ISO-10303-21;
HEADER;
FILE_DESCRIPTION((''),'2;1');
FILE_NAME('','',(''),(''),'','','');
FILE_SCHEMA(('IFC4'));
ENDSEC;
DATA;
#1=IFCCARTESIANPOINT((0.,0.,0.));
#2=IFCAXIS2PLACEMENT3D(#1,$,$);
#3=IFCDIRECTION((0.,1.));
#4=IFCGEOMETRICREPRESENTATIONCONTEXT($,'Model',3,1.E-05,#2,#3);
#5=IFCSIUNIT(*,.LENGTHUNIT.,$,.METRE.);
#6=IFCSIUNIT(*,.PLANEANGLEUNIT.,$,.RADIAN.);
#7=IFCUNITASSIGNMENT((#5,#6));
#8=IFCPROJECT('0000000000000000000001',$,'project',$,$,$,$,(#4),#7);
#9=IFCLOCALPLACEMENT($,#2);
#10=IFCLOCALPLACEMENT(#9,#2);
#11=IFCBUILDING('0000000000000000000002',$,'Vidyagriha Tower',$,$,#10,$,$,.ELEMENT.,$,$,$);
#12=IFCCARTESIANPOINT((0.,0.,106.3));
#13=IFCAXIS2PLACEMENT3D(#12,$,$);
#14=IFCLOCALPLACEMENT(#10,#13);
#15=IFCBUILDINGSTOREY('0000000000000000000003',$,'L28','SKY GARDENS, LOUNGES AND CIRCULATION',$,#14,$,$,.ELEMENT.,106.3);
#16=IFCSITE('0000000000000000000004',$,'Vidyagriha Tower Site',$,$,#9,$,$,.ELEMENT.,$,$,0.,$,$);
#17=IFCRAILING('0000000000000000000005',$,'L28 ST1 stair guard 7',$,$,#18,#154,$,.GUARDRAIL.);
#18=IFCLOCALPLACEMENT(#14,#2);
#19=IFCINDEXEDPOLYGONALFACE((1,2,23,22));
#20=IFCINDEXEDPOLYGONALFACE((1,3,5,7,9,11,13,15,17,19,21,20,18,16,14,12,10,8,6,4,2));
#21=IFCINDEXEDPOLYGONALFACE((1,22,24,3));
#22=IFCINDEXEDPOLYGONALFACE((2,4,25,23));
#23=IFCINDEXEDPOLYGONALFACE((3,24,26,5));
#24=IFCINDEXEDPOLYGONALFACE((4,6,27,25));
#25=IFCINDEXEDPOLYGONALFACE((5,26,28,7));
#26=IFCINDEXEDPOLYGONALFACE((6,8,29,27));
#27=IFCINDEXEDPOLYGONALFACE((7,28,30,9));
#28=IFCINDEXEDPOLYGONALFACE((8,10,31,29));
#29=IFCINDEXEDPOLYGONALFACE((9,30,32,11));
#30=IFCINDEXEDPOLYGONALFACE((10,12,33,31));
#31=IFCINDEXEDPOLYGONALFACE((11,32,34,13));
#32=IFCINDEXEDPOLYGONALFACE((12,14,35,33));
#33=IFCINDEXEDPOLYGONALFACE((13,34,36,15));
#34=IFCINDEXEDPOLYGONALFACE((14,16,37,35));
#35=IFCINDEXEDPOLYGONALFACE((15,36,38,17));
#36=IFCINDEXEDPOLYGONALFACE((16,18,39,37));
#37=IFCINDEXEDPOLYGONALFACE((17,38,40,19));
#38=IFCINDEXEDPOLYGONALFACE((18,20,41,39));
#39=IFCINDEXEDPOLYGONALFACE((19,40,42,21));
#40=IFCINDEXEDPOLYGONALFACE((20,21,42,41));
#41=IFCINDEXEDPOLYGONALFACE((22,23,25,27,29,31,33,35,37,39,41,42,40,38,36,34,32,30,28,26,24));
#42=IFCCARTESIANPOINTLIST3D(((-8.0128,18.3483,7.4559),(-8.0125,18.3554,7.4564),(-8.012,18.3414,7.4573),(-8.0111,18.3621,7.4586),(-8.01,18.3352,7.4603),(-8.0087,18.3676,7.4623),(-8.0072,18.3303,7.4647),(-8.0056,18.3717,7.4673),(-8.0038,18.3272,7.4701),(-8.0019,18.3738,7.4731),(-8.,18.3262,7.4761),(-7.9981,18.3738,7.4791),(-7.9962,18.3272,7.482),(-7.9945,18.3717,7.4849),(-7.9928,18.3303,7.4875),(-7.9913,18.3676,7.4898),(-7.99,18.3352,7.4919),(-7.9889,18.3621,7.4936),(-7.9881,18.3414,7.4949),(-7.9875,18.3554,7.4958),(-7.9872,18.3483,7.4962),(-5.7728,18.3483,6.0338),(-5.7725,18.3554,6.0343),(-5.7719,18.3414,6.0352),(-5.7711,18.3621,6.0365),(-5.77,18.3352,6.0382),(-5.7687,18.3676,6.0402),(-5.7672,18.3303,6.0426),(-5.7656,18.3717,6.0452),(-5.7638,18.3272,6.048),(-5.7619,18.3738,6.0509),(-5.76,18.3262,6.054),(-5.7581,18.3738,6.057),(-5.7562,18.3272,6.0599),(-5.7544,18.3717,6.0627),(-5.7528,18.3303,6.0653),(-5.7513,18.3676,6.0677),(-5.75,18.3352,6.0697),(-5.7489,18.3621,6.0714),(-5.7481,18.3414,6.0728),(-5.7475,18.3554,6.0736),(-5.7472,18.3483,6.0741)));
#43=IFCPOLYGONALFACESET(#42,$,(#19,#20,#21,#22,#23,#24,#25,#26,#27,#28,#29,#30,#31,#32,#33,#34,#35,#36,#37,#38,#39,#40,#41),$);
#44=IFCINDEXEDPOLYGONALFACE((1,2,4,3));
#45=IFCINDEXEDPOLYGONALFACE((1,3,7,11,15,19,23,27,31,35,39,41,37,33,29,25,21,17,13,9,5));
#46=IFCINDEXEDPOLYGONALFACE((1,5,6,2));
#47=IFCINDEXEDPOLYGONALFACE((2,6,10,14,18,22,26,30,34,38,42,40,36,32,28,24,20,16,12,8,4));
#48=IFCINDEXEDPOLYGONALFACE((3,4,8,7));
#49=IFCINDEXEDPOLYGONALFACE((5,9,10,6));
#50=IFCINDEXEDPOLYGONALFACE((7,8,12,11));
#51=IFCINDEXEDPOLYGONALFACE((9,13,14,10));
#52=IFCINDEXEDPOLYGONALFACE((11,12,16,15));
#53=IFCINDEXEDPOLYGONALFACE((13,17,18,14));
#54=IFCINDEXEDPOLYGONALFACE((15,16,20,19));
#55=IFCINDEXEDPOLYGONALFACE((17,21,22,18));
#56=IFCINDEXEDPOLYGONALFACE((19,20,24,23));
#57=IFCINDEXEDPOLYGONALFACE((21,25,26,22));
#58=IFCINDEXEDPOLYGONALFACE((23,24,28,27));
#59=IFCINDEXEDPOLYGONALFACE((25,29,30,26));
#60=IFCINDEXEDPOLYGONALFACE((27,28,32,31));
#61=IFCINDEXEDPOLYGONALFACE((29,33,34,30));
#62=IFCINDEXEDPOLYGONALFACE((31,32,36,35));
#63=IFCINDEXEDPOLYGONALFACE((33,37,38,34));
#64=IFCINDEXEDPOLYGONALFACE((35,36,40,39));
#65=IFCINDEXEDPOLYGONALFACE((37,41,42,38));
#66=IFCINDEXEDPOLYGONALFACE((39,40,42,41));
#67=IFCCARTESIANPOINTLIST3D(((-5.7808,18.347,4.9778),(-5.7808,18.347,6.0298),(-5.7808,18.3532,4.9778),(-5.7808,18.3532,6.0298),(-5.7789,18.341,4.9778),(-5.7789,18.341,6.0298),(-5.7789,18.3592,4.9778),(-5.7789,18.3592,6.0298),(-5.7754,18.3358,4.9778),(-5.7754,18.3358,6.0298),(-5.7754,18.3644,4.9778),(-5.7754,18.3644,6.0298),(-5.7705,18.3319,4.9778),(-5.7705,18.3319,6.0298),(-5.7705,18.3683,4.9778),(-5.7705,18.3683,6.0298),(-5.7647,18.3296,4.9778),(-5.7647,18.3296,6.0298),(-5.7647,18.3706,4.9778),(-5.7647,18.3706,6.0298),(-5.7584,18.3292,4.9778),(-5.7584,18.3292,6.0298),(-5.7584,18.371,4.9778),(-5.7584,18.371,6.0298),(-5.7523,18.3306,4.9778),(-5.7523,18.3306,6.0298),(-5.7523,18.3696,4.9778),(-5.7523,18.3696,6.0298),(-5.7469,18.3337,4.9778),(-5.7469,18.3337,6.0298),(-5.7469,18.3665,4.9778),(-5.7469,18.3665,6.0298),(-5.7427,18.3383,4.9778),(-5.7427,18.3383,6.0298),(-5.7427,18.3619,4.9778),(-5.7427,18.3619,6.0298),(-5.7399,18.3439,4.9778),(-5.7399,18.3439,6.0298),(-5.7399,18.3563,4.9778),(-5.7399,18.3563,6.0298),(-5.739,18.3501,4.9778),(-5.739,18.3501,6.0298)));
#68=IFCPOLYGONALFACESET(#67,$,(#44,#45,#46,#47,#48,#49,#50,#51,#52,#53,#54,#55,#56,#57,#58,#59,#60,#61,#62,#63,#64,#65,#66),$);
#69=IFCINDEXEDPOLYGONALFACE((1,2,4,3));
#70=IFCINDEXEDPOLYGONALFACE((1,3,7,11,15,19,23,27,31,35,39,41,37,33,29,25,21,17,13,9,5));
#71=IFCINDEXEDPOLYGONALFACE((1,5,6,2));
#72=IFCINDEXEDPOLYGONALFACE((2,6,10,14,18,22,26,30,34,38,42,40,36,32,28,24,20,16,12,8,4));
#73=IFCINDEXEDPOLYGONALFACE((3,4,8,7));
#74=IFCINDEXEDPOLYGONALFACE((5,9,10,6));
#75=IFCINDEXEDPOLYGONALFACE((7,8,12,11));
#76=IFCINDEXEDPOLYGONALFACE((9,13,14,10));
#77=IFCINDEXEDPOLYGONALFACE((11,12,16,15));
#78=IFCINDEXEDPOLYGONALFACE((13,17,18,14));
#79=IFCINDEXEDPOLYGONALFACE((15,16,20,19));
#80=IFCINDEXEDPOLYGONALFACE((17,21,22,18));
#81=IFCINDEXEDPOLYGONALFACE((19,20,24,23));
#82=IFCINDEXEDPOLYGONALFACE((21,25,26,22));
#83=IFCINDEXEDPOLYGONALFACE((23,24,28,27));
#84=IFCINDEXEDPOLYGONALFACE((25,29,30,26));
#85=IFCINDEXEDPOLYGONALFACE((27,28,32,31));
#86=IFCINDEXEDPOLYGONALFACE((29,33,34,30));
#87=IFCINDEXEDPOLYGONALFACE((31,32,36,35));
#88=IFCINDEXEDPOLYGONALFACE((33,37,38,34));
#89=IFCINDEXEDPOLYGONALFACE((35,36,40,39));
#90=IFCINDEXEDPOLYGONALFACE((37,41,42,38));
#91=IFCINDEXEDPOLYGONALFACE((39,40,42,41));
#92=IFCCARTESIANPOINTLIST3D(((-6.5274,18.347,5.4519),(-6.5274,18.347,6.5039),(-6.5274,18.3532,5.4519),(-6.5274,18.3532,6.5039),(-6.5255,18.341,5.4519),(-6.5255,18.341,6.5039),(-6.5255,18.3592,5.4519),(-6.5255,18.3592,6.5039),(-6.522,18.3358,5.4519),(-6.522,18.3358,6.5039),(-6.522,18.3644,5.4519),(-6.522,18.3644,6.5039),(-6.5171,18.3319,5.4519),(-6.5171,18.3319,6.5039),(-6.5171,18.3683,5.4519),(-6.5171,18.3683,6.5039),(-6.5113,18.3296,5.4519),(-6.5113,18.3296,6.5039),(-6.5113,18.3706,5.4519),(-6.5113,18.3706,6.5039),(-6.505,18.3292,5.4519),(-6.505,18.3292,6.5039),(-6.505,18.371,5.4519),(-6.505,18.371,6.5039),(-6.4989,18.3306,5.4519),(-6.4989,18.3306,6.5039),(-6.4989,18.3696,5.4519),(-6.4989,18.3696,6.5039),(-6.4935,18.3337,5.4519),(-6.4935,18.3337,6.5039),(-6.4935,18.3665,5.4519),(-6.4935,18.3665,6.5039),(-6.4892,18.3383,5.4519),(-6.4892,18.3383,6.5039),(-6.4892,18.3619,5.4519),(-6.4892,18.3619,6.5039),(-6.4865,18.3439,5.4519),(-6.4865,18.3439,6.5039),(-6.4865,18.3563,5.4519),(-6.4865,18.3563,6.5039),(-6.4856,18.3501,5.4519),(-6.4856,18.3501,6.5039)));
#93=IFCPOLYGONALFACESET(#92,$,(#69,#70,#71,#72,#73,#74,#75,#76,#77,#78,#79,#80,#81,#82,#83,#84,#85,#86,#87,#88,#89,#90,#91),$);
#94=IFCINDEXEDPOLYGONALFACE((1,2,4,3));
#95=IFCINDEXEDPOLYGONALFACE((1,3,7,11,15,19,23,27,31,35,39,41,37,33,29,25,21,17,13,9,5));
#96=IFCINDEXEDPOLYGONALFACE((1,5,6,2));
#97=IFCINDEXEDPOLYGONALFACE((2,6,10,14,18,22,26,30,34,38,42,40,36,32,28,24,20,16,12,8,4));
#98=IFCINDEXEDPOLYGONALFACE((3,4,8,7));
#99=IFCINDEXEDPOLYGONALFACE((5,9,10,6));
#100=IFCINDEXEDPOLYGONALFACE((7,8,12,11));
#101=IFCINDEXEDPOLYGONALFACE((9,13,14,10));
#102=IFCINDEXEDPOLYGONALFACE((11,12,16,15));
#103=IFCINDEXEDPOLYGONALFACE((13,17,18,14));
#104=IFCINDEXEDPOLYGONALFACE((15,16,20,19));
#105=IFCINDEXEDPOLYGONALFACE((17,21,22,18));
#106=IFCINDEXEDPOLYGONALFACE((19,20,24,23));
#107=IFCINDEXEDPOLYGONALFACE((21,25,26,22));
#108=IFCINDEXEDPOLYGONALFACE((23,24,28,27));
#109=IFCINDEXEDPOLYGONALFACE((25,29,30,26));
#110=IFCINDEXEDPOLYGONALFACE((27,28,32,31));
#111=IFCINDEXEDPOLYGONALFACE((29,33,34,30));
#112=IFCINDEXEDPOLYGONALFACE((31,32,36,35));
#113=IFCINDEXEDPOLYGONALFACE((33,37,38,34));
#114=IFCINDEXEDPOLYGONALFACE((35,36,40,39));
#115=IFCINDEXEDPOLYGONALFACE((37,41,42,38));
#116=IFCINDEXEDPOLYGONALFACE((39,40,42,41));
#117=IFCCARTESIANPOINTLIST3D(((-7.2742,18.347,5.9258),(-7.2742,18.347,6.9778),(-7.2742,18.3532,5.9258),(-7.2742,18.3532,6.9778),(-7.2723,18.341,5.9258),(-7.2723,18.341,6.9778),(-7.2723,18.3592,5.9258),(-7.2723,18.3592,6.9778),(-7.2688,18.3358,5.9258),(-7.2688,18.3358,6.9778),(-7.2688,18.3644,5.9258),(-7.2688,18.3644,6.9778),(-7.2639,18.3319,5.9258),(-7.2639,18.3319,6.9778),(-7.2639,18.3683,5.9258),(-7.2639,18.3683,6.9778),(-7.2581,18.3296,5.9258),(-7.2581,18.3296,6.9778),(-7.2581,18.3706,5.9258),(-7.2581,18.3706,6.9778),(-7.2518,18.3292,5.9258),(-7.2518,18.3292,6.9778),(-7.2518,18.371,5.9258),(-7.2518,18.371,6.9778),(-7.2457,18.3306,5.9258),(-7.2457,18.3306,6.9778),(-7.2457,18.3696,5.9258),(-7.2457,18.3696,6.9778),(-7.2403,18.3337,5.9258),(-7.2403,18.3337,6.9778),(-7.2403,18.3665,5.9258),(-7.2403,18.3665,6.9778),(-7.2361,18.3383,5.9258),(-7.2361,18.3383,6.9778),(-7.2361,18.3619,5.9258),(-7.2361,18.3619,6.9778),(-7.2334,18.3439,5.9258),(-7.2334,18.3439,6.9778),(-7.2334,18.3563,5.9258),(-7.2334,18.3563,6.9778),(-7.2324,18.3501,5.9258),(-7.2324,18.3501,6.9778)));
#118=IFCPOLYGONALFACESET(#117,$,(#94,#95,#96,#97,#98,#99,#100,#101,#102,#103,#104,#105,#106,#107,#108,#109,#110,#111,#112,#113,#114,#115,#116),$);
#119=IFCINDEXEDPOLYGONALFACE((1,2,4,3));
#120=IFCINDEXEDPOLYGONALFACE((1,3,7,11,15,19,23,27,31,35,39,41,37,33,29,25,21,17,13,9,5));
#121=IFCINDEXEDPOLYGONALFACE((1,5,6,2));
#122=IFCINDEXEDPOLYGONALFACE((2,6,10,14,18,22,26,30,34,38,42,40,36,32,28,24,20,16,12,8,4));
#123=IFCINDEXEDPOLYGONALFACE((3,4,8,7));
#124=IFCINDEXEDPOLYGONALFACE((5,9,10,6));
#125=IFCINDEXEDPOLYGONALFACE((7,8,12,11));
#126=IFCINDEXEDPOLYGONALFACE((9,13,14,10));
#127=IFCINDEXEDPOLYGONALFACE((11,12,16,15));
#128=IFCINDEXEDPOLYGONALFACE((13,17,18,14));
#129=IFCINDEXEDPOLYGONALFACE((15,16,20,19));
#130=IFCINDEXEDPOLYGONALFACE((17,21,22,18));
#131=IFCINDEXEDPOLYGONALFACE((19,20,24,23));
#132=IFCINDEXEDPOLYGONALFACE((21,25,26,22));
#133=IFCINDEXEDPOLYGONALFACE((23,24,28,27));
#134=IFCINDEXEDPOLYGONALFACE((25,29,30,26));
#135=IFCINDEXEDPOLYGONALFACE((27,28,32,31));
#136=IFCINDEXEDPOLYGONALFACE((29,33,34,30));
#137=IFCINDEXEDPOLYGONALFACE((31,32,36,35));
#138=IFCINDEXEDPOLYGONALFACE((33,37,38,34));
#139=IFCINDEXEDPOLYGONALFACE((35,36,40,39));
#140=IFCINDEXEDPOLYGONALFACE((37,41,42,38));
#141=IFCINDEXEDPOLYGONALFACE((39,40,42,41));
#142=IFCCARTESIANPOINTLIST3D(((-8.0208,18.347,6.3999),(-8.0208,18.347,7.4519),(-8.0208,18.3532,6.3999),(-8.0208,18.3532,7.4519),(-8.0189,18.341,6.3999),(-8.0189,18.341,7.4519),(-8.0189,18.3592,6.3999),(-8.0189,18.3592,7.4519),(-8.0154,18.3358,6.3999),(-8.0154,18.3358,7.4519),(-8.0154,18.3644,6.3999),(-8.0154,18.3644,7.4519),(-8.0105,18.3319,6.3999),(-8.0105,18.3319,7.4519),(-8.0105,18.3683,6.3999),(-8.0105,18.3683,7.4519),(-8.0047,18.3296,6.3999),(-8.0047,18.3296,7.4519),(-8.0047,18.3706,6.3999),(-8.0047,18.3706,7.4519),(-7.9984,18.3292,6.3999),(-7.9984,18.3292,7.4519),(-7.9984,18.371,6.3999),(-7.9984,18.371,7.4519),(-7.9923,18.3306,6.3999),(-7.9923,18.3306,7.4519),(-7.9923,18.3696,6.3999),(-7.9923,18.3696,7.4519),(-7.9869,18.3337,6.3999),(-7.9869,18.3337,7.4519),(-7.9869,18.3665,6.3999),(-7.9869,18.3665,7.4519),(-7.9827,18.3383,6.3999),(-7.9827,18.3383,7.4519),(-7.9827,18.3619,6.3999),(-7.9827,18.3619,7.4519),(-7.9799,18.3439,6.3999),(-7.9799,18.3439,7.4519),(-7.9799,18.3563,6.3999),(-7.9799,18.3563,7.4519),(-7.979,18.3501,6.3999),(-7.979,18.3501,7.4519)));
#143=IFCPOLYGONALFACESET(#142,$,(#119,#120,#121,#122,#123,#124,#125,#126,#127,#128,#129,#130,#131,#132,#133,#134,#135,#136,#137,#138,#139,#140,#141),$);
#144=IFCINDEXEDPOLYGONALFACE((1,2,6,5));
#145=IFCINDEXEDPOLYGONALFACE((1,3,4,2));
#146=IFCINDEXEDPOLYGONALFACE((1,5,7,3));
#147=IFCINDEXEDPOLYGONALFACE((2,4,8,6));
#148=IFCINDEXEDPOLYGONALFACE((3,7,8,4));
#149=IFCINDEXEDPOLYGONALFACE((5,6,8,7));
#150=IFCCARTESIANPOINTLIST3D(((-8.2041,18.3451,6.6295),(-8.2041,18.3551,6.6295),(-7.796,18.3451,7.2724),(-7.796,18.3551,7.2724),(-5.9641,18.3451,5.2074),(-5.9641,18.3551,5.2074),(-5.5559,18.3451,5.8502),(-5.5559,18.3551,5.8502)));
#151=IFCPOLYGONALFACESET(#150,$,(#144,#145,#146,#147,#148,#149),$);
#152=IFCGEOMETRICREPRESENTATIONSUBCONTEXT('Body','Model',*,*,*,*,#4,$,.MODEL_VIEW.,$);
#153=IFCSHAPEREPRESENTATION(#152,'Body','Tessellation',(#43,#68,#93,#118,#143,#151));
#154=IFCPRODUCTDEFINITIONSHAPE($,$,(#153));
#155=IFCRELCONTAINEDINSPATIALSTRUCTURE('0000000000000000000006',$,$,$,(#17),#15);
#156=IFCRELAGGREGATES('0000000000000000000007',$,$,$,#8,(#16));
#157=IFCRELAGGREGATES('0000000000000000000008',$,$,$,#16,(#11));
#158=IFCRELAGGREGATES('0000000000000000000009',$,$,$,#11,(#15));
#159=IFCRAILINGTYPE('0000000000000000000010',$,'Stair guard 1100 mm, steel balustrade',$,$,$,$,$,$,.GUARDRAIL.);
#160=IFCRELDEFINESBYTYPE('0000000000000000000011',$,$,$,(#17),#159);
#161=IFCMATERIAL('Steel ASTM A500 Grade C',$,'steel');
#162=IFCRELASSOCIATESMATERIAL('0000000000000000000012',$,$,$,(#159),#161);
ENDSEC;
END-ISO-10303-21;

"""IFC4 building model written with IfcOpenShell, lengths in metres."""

from ifc_helpers import new_model, si_unit, direction, frame, origin, origin_2d, place, context, subcontext, project, spatial, rectangle, circle, extrude, material, type_object, element, save


model = new_model("IFC4")

# Units and contexts
model_context = context("Model", 3, precision=1e-05, world=origin(), true_north=direction((0.0, 1.0)))
body_context = subcontext(model_context, "Body", "Model", "MODEL_VIEW")
ifc_project = project(units=[si_unit("LENGTHUNIT", "METRE"), si_unit("PLANEANGLEUNIT", "RADIAN")], contexts=[model_context])

# Site, building, storey
site_placement = place(None, origin())
site = spatial("IfcSite", under=ifc_project, at=site_placement, Name="Vidyagriha Tower Site", CompositionType="ELEMENT", RefElevation=0.0)
building_placement = place(site_placement, origin())
building = spatial("IfcBuilding", under=site, at=building_placement, Name="Vidyagriha Tower", CompositionType="ELEMENT")
storey_placement = place(building_placement, frame((0.0, 0.0, 106.3)))
storey = spatial("IfcBuildingStorey", under=building, at=storey_placement, Name="L28", Description="SKY GARDENS, LOUNGES AND CIRCULATION", CompositionType="ELEMENT", Elevation=106.3)

# Railing
ifc_material_1 = material(Name="Steel ASTM A500 Grade C", Category="steel")
railing_type_1 = type_object("IfcRailingType", Name="Stair guard 1100 mm, steel balustrade", PredefinedType="GUARDRAIL", material=ifc_material_1)
railing_1_placement = place(storey_placement, frame((-5.76, 18.3501, 4.9778)))
element("IfcRailing", 1, at=railing_1_placement, inside=storey, type_object=railing_type_1, Name="L28 ST1 stair guard 7", PredefinedType="GUARDRAIL", context=body_context, shape_type="SweptSolid", body=[
    extrude(circle(Radius=0.0239, at=origin_2d()), frame((0.0, 0.0, 1.0762), z_axis=(-0.844229, 0.0, 0.535982), x_axis=(0.0, -1.0, 0.0)), (0.0, 0.0, 1.0), 2.6533),
    extrude(circle(Radius=0.021, at=origin_2d()), origin(), (0.0, 0.0, 1.0), 1.052),
    extrude(circle(Radius=0.021, at=origin_2d()), frame((-0.7466, 0.0, 0.4741)), (0.0, 0.0, 1.0), 1.052),
    extrude(circle(Radius=0.021, at=origin_2d()), frame((-1.4934, 0.0, 0.948)), (0.0, 0.0, 1.0), 1.052),
    extrude(circle(Radius=0.021, at=origin_2d()), frame((-2.24, 0.0, 1.4221)), (0.0, 0.0, 1.0), 1.052),
    extrude(rectangle(XDim=0.01, YDim=0.7615, at=origin_2d()), frame((0.0, 0.0, 0.551), z_axis=(-0.844229, 0.0, 0.535982), x_axis=(0.0, -1.0, 0.0)), (0.0, 0.0, 1.0), 2.6533),
])

save(model, "model.ifc")
